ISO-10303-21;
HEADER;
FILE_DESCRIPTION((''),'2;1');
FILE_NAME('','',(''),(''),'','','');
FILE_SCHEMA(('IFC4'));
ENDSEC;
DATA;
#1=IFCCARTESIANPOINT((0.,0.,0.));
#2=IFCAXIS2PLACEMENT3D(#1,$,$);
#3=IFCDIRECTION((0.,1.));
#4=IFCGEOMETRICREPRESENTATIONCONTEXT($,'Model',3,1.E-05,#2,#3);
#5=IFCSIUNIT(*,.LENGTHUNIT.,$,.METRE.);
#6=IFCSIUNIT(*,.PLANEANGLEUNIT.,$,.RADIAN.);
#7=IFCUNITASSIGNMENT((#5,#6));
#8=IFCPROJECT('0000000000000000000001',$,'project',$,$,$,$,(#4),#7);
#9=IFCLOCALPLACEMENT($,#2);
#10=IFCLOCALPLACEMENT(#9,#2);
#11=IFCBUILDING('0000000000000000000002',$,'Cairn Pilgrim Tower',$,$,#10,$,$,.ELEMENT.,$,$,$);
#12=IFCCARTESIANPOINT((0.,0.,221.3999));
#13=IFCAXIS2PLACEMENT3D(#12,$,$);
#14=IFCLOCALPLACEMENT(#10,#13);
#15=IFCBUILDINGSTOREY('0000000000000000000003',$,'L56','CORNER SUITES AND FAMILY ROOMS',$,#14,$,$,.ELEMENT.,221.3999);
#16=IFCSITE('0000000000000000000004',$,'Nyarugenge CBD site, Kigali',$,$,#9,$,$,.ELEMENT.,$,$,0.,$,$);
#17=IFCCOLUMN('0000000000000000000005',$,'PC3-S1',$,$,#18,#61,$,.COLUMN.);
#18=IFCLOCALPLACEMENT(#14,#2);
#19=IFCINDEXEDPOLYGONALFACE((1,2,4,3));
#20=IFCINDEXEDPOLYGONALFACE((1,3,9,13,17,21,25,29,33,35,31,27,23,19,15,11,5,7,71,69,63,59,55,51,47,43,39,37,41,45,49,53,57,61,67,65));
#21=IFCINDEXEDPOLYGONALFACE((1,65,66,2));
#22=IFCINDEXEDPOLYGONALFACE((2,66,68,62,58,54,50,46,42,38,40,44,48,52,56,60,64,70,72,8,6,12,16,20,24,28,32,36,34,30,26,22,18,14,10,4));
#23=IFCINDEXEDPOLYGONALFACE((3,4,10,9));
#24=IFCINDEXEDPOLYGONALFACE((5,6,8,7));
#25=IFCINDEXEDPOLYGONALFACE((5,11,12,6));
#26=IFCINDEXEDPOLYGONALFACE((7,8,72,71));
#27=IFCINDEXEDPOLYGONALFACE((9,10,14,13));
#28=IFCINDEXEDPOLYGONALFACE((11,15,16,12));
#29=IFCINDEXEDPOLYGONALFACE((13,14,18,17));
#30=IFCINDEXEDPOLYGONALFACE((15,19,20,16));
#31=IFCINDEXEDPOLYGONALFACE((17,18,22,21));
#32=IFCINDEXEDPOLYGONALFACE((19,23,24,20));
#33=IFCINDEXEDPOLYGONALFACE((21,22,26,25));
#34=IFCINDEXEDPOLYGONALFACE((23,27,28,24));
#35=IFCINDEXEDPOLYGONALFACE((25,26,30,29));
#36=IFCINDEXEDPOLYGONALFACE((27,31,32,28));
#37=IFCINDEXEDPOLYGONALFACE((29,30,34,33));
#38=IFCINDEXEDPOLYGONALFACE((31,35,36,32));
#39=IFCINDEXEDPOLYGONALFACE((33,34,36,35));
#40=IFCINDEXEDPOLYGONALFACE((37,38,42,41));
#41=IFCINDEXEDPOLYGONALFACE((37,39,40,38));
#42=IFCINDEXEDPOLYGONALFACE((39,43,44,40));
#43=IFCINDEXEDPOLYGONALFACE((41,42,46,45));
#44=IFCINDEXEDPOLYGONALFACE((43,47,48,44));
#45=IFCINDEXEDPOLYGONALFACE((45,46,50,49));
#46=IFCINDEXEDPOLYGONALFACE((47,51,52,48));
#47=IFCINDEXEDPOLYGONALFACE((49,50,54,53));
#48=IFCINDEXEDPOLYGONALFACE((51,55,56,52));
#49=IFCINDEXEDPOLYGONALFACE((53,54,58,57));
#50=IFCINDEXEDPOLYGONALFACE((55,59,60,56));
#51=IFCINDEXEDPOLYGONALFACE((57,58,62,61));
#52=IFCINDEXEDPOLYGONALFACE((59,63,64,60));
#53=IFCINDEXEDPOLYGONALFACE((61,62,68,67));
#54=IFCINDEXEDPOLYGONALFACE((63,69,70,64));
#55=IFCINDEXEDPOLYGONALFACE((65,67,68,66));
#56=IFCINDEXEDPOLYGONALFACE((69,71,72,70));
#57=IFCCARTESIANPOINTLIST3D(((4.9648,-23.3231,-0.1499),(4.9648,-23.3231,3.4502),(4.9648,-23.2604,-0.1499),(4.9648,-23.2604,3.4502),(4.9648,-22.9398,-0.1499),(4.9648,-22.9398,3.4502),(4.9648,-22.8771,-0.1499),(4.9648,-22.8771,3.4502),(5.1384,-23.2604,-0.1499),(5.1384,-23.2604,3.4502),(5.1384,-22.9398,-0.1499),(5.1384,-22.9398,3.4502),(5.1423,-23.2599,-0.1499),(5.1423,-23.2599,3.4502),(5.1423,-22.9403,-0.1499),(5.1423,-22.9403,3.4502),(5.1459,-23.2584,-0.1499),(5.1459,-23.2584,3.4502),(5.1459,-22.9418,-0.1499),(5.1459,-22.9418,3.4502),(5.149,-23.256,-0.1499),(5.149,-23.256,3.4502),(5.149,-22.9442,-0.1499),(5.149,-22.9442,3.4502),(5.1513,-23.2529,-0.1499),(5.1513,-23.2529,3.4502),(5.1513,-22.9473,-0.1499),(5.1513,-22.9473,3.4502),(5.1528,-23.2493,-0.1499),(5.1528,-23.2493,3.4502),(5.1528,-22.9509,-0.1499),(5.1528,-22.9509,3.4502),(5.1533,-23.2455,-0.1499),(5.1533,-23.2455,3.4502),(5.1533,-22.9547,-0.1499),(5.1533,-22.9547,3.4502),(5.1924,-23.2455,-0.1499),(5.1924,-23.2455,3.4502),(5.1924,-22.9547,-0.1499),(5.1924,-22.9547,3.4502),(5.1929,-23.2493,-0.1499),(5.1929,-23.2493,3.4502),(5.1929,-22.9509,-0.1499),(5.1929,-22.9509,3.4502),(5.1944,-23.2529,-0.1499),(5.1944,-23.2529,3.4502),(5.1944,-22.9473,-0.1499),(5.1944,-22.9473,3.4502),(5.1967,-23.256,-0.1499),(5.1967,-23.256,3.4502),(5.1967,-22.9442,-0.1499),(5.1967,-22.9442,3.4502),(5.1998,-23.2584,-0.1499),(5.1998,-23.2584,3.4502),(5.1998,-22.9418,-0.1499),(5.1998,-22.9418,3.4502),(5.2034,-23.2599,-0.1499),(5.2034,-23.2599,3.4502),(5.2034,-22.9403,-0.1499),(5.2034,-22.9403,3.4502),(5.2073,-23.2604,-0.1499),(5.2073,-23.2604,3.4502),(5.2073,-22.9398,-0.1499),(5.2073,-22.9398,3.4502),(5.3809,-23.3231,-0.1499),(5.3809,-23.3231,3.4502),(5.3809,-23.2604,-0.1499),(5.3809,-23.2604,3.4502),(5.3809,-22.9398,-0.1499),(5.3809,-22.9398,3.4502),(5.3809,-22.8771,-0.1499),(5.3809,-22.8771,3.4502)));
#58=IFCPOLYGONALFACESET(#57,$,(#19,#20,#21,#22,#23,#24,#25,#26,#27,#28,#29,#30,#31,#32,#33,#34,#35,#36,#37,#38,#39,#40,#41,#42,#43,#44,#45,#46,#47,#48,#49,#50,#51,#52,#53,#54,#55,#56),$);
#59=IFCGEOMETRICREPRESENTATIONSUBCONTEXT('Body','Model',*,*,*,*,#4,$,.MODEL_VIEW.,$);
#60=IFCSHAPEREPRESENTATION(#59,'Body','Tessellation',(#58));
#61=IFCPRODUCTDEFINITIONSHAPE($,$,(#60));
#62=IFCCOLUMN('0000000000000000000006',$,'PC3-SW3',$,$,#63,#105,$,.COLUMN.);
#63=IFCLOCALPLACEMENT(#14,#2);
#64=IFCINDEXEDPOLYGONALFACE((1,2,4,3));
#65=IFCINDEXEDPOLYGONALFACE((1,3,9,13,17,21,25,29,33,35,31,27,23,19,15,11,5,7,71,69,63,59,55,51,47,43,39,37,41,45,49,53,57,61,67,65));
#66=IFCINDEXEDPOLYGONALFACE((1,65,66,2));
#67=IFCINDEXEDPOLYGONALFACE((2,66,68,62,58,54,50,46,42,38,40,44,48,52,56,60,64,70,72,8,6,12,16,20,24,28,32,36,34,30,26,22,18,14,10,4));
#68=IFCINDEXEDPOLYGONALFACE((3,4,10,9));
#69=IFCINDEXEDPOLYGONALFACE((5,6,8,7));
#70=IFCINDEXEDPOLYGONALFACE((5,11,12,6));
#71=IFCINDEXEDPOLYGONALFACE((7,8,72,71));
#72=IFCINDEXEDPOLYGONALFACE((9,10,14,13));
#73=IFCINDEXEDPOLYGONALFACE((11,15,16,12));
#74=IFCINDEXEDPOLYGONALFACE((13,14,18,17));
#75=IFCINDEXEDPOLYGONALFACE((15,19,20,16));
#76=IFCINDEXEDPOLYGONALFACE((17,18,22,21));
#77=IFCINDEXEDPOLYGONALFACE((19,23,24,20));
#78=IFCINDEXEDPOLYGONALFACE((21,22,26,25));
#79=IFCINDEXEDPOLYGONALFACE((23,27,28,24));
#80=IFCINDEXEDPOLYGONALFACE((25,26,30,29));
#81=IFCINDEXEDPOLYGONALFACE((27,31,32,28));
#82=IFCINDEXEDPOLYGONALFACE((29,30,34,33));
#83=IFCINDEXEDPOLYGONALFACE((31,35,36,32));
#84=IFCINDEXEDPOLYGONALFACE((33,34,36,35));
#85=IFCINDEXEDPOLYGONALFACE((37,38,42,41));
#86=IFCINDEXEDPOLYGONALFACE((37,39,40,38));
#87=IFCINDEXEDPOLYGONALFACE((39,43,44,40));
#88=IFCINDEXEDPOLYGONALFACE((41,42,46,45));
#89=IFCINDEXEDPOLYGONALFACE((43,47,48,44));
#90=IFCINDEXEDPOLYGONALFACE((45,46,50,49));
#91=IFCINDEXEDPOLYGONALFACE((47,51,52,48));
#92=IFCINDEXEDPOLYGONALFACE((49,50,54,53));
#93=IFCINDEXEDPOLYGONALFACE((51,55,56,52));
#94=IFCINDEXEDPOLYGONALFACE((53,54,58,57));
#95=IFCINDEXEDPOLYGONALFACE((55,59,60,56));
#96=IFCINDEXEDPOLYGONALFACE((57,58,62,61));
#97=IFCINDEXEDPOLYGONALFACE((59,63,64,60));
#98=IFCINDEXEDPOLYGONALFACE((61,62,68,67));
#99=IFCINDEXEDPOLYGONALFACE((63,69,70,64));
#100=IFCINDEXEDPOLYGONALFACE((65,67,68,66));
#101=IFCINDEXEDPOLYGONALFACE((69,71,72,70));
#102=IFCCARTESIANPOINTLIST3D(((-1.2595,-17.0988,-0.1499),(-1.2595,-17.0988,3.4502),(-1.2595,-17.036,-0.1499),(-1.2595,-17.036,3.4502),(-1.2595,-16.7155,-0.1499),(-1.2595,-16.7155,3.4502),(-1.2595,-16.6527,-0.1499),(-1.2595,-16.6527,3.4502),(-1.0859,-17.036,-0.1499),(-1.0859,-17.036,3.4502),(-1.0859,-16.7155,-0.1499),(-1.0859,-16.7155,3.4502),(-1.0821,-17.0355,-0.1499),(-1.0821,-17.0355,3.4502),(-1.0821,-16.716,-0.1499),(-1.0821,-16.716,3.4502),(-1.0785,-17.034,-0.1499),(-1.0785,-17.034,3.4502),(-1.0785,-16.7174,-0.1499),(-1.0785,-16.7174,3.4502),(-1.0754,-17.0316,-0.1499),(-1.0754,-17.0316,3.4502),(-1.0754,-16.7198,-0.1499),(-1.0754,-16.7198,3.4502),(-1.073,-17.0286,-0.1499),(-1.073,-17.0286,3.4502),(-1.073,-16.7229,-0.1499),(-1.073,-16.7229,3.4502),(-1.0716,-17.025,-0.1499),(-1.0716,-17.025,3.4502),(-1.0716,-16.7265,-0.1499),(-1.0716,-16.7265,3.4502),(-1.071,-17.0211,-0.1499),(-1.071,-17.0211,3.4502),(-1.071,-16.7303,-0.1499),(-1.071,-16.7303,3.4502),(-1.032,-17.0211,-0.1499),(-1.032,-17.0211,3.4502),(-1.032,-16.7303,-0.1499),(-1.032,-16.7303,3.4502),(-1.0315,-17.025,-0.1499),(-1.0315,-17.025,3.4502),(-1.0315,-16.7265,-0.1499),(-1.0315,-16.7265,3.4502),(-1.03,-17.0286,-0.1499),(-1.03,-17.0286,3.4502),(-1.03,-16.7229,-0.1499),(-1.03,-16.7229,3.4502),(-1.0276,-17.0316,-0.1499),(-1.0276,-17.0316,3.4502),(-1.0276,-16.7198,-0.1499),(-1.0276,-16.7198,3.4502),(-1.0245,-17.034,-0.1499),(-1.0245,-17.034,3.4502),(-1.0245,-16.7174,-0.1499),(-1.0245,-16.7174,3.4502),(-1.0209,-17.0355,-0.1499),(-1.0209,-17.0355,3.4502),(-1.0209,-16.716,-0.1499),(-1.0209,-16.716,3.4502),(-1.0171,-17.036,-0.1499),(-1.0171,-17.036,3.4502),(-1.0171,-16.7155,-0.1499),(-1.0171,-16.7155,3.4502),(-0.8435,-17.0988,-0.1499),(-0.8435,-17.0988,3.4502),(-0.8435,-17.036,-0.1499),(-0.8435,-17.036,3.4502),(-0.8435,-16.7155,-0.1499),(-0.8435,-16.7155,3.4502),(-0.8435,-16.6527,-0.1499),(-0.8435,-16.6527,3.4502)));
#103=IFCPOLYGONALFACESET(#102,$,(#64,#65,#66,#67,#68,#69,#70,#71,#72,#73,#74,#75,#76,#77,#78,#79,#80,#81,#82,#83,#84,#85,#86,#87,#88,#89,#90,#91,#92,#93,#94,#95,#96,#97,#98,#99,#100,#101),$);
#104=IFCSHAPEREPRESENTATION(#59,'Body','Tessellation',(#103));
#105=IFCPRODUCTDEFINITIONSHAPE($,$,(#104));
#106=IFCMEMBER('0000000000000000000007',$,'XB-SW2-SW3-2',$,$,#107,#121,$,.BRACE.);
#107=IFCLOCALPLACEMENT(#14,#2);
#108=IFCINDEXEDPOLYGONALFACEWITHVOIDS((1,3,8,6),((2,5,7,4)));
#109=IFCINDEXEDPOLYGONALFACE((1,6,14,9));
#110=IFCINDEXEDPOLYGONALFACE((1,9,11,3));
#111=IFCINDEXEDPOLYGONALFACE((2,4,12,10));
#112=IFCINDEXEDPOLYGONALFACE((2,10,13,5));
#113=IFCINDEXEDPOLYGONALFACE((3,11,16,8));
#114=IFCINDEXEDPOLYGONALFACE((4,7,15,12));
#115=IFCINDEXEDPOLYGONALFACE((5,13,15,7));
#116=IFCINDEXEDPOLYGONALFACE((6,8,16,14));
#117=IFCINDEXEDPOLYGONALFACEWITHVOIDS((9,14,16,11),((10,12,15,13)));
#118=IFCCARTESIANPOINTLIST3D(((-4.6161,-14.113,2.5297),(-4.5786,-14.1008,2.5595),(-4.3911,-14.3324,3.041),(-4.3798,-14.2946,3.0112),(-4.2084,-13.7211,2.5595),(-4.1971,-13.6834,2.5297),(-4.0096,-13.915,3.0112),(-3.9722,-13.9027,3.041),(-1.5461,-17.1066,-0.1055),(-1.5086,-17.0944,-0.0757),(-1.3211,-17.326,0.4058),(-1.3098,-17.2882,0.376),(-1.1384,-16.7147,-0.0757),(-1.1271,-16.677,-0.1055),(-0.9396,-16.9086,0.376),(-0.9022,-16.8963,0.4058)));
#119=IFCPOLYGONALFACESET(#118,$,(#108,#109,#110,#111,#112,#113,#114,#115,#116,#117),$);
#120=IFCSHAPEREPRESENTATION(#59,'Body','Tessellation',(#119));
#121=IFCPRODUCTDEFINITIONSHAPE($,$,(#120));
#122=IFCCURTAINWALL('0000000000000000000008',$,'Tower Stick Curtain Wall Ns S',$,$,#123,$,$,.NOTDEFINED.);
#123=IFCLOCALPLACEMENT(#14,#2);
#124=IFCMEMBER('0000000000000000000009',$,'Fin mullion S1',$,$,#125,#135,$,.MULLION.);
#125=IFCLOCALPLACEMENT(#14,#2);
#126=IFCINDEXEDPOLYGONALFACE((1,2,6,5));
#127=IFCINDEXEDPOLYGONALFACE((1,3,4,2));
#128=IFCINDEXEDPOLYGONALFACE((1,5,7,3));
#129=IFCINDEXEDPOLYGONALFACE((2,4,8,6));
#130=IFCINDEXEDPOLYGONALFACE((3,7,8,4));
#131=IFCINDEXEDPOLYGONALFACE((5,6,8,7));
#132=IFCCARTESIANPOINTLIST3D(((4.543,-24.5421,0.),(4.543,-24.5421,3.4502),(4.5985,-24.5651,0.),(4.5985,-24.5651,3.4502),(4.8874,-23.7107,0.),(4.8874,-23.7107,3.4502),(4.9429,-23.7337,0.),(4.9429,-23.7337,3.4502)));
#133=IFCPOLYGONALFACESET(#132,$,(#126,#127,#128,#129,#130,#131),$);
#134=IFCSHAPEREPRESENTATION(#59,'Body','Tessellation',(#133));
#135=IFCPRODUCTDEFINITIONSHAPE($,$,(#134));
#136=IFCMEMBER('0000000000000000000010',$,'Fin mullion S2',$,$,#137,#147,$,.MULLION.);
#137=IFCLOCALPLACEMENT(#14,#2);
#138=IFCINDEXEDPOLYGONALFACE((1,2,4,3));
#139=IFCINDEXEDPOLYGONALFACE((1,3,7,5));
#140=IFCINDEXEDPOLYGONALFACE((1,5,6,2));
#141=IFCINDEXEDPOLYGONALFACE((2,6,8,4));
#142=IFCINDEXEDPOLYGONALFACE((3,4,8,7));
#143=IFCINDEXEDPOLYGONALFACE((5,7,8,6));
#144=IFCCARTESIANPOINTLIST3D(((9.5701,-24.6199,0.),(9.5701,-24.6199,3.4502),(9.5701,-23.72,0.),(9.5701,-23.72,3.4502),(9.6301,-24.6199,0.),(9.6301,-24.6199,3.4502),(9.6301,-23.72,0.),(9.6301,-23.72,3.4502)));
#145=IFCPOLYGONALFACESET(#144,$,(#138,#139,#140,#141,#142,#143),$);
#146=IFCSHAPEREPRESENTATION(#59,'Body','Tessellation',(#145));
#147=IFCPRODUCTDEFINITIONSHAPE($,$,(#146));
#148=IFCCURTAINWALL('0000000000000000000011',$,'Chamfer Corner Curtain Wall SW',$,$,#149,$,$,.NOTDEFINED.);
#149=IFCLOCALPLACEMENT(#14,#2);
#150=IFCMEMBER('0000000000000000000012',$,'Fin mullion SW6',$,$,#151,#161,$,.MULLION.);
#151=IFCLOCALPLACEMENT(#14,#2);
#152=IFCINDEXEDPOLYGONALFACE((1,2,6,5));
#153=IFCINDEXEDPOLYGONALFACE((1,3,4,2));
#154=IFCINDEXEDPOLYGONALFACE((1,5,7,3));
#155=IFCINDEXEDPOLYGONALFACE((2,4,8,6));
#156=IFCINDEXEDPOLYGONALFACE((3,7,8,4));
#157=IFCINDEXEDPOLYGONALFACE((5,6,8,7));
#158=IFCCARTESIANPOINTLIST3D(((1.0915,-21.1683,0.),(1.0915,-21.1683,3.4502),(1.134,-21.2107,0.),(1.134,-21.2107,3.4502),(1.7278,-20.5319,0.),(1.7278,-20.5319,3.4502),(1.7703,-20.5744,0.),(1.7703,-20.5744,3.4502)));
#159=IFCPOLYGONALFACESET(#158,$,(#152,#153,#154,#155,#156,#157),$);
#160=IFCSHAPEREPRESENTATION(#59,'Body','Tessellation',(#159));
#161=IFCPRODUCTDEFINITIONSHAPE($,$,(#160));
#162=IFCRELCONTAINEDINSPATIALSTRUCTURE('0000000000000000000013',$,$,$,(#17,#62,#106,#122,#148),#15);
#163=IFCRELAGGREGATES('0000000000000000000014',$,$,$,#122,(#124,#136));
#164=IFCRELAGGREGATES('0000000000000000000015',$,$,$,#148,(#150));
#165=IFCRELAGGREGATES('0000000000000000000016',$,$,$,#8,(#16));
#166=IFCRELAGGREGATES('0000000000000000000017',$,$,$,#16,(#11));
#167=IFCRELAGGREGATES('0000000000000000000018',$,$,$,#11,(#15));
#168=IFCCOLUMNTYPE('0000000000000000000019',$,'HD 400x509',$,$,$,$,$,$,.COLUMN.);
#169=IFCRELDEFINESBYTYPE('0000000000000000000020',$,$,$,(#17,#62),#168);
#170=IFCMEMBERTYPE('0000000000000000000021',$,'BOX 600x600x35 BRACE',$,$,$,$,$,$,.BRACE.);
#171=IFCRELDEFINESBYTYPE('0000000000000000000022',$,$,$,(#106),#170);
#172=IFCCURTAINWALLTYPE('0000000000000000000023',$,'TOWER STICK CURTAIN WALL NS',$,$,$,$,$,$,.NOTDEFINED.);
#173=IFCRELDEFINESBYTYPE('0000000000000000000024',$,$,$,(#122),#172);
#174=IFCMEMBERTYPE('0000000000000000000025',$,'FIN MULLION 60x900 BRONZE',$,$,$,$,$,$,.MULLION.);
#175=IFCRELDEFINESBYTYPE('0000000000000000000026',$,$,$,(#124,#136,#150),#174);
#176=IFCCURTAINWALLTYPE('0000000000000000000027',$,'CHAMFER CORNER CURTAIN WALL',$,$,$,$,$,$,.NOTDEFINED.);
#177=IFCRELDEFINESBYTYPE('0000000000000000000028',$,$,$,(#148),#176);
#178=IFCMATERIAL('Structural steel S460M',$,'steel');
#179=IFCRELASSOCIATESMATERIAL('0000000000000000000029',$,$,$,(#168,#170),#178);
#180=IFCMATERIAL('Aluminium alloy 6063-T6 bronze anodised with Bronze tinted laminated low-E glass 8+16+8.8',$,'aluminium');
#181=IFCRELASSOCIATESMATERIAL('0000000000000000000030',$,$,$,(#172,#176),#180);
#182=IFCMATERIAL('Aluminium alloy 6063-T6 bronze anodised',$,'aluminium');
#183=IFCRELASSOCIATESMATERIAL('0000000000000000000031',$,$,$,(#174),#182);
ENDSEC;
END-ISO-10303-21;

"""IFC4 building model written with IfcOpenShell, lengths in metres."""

from ifc_helpers import new_model, si_unit, direction, frame, origin, origin_2d, place, context, subcontext, project, spatial, rectangle, hollow_rectangle, i_section, extrude, material, material_profile, profile_set, type_object, element, aggregate, save


model = new_model("IFC4")

# Units and contexts
model_context = context("Model", 3, precision=1e-05, world=origin(), true_north=direction((0.0, 1.0)))
body_context = subcontext(model_context, "Body", "Model", "MODEL_VIEW")
ifc_project = project(units=[si_unit("LENGTHUNIT", "METRE"), si_unit("PLANEANGLEUNIT", "RADIAN")], contexts=[model_context])

# Site, building, storey
site_placement = place(None, origin())
site = spatial("IfcSite", under=ifc_project, at=site_placement, Name="Nyarugenge CBD site, Kigali", CompositionType="ELEMENT", RefElevation=0.0)
building_placement = place(site_placement, origin())
building = spatial("IfcBuilding", under=site, at=building_placement, Name="Cairn Pilgrim Tower", CompositionType="ELEMENT")
storey_placement = place(building_placement, frame((0.0, 0.0, 221.3999)))
storey = spatial("IfcBuildingStorey", under=building, at=storey_placement, Name="L56", Description="CORNER SUITES AND FAMILY ROOMS", CompositionType="ELEMENT", Elevation=221.3999)

# Columns
ifc_material_1 = material(Name="Structural steel S460M", Category="steel")
ifc_material_profile_1 = material_profile(ifc_material_1, i_section(OverallWidth=0.416, OverallDepth=0.446, WebThickness=0.0391, FlangeThickness=0.0627, FilletRadius=0.0149, at=origin_2d()), Name="HD 400x509")
ifc_profile_set_1 = profile_set([ifc_material_profile_1], Name="Structural steel S460M")
column_type = type_object("IfcColumnType", Name="HD 400x509", PredefinedType="COLUMN", material=ifc_profile_set_1)
for number, where, z_axis, x_axis, name in (
    (1, (5.1729, -23.1001, -0.1499), (0.0, 0.0, 1.0), (1.0, 0.0, 0.0), "PC3-S1"),
    (2, (-1.0515, -16.8757, -0.1499), (0.0, 0.0, 1.0), (1.0, 0.0, 0.0), "PC3-SW3"),
):
    element("IfcColumn", number, at=place(storey_placement, frame(where, z_axis=z_axis, x_axis=x_axis)), inside=storey, type_object=column_type, Name=name, PredefinedType="COLUMN", context=body_context, shape_type="SweptSolid", body=[
        extrude(i_section(OverallWidth=0.416, OverallDepth=0.446, WebThickness=0.0391, FlangeThickness=0.0627, FilletRadius=0.0149, at=origin_2d()), origin(), (0.0, 0.0, 1.0), 3.6001),
    ])

# Member
ifc_material_profile_2 = material_profile(ifc_material_1, hollow_rectangle(XDim=0.6001, YDim=0.6001, WallThickness=0.0349, at=origin_2d()), Name="BOX 600x600x35")
ifc_profile_set_2 = profile_set([ifc_material_profile_2], Name="Structural steel S460M")
member_type_1 = type_object("IfcMemberType", Name="BOX 600x600x35 BRACE", PredefinedType="BRACE", material=ifc_profile_set_2)
member_1_placement = place(storey_placement, frame((-1.2241, -17.0015, 0.1501), z_axis=(-0.609979, 0.594796, 0.523587), x_axis=(-0.69814, -0.715961, 0.0)))
element("IfcMember", 3, at=member_1_placement, inside=storey, type_object=member_type_1, Name="XB-SW2-SW3-2", PredefinedType="BRACE", context=body_context, shape_type="SweptSolid", body=[
    extrude(hollow_rectangle(XDim=0.6001, YDim=0.6001, WallThickness=0.0349, at=origin_2d()), origin(), (0.0, 0.0, 1.0), 5.033),
])

# Curtain wall, members
ifc_material_2 = material(Name="Aluminium alloy 6063-T6 bronze anodised with Bronze tinted laminated low-E glass 8+16+8.8", Category="aluminium")
curtain_wall_type_1 = type_object("IfcCurtainWallType", Name="TOWER STICK CURTAIN WALL NS", PredefinedType="NOTDEFINED", material=ifc_material_2)
curtain_wall_1_placement = place(storey_placement, origin())
curtain_wall_1 = element("IfcCurtainWall", 4, at=curtain_wall_1_placement, inside=storey, type_object=curtain_wall_type_1, Name="Tower Stick Curtain Wall Ns S", PredefinedType="NOTDEFINED")
ifc_material_3 = material(Name="Aluminium alloy 6063-T6 bronze anodised", Category="aluminium")
ifc_material_profile_3 = material_profile(ifc_material_3, rectangle(XDim=0.8999, YDim=0.0601, at=origin_2d()), Name="FIN MULLION 60x900 BRONZE")
ifc_profile_set_3 = profile_set([ifc_material_profile_3], Name="Aluminium alloy 6063-T6 bronze anodised")
member_type_2 = type_object("IfcMemberType", Name="FIN MULLION 60x900 BRONZE", PredefinedType="MULLION", material=ifc_profile_set_3)
member_2_placement = place(storey_placement, frame((4.7429, -24.1379, 0.0), z_axis=(0.0, 0.0, 1.0), x_axis=(-0.382683, -0.92388, 0.0)))
member_2 = element("IfcMember", 5, at=member_2_placement, type_object=member_type_2, Name="Fin mullion S1", PredefinedType="MULLION", context=body_context, shape_type="SweptSolid", body=[
    extrude(rectangle(XDim=0.8999, YDim=0.0601, at=origin_2d()), origin(), (0.0, 0.0, 1.0), 3.4502),
])
member_3_placement = place(storey_placement, frame((9.6001, -24.1699, 0.0), z_axis=(0.0, 0.0, 1.0), x_axis=(0.0, -1.0, 0.0)))
member_3 = element("IfcMember", 6, at=member_3_placement, type_object=member_type_2, Name="Fin mullion S2", PredefinedType="MULLION", context=body_context, shape_type="SweptSolid", body=[
    extrude(rectangle(XDim=0.8999, YDim=0.0601, at=origin_2d()), origin(), (0.0, 0.0, 1.0), 3.4502),
])
aggregate(curtain_wall_1, [member_2, member_3])

# Curtain wall, member
curtain_wall_type_2 = type_object("IfcCurtainWallType", Name="CHAMFER CORNER CURTAIN WALL", PredefinedType="NOTDEFINED", material=ifc_material_2)
curtain_wall_2_placement = place(storey_placement, origin())
curtain_wall_2 = element("IfcCurtainWall", 7, at=curtain_wall_2_placement, inside=storey, type_object=curtain_wall_type_2, Name="Chamfer Corner Curtain Wall SW", PredefinedType="NOTDEFINED")
member_4_placement = place(storey_placement, frame((1.4309, -20.8713, 0.0), z_axis=(0.0, 0.0, 1.0), x_axis=(-0.707107, -0.707107, 0.0)))
member_4 = element("IfcMember", 8, at=member_4_placement, type_object=member_type_2, Name="Fin mullion SW6", PredefinedType="MULLION", context=body_context, shape_type="SweptSolid", body=[
    extrude(rectangle(XDim=0.8999, YDim=0.0601, at=origin_2d()), origin(), (0.0, 0.0, 1.0), 3.4502),
])

aggregate(curtain_wall_2, [member_4])

save(model, "model.ifc")
